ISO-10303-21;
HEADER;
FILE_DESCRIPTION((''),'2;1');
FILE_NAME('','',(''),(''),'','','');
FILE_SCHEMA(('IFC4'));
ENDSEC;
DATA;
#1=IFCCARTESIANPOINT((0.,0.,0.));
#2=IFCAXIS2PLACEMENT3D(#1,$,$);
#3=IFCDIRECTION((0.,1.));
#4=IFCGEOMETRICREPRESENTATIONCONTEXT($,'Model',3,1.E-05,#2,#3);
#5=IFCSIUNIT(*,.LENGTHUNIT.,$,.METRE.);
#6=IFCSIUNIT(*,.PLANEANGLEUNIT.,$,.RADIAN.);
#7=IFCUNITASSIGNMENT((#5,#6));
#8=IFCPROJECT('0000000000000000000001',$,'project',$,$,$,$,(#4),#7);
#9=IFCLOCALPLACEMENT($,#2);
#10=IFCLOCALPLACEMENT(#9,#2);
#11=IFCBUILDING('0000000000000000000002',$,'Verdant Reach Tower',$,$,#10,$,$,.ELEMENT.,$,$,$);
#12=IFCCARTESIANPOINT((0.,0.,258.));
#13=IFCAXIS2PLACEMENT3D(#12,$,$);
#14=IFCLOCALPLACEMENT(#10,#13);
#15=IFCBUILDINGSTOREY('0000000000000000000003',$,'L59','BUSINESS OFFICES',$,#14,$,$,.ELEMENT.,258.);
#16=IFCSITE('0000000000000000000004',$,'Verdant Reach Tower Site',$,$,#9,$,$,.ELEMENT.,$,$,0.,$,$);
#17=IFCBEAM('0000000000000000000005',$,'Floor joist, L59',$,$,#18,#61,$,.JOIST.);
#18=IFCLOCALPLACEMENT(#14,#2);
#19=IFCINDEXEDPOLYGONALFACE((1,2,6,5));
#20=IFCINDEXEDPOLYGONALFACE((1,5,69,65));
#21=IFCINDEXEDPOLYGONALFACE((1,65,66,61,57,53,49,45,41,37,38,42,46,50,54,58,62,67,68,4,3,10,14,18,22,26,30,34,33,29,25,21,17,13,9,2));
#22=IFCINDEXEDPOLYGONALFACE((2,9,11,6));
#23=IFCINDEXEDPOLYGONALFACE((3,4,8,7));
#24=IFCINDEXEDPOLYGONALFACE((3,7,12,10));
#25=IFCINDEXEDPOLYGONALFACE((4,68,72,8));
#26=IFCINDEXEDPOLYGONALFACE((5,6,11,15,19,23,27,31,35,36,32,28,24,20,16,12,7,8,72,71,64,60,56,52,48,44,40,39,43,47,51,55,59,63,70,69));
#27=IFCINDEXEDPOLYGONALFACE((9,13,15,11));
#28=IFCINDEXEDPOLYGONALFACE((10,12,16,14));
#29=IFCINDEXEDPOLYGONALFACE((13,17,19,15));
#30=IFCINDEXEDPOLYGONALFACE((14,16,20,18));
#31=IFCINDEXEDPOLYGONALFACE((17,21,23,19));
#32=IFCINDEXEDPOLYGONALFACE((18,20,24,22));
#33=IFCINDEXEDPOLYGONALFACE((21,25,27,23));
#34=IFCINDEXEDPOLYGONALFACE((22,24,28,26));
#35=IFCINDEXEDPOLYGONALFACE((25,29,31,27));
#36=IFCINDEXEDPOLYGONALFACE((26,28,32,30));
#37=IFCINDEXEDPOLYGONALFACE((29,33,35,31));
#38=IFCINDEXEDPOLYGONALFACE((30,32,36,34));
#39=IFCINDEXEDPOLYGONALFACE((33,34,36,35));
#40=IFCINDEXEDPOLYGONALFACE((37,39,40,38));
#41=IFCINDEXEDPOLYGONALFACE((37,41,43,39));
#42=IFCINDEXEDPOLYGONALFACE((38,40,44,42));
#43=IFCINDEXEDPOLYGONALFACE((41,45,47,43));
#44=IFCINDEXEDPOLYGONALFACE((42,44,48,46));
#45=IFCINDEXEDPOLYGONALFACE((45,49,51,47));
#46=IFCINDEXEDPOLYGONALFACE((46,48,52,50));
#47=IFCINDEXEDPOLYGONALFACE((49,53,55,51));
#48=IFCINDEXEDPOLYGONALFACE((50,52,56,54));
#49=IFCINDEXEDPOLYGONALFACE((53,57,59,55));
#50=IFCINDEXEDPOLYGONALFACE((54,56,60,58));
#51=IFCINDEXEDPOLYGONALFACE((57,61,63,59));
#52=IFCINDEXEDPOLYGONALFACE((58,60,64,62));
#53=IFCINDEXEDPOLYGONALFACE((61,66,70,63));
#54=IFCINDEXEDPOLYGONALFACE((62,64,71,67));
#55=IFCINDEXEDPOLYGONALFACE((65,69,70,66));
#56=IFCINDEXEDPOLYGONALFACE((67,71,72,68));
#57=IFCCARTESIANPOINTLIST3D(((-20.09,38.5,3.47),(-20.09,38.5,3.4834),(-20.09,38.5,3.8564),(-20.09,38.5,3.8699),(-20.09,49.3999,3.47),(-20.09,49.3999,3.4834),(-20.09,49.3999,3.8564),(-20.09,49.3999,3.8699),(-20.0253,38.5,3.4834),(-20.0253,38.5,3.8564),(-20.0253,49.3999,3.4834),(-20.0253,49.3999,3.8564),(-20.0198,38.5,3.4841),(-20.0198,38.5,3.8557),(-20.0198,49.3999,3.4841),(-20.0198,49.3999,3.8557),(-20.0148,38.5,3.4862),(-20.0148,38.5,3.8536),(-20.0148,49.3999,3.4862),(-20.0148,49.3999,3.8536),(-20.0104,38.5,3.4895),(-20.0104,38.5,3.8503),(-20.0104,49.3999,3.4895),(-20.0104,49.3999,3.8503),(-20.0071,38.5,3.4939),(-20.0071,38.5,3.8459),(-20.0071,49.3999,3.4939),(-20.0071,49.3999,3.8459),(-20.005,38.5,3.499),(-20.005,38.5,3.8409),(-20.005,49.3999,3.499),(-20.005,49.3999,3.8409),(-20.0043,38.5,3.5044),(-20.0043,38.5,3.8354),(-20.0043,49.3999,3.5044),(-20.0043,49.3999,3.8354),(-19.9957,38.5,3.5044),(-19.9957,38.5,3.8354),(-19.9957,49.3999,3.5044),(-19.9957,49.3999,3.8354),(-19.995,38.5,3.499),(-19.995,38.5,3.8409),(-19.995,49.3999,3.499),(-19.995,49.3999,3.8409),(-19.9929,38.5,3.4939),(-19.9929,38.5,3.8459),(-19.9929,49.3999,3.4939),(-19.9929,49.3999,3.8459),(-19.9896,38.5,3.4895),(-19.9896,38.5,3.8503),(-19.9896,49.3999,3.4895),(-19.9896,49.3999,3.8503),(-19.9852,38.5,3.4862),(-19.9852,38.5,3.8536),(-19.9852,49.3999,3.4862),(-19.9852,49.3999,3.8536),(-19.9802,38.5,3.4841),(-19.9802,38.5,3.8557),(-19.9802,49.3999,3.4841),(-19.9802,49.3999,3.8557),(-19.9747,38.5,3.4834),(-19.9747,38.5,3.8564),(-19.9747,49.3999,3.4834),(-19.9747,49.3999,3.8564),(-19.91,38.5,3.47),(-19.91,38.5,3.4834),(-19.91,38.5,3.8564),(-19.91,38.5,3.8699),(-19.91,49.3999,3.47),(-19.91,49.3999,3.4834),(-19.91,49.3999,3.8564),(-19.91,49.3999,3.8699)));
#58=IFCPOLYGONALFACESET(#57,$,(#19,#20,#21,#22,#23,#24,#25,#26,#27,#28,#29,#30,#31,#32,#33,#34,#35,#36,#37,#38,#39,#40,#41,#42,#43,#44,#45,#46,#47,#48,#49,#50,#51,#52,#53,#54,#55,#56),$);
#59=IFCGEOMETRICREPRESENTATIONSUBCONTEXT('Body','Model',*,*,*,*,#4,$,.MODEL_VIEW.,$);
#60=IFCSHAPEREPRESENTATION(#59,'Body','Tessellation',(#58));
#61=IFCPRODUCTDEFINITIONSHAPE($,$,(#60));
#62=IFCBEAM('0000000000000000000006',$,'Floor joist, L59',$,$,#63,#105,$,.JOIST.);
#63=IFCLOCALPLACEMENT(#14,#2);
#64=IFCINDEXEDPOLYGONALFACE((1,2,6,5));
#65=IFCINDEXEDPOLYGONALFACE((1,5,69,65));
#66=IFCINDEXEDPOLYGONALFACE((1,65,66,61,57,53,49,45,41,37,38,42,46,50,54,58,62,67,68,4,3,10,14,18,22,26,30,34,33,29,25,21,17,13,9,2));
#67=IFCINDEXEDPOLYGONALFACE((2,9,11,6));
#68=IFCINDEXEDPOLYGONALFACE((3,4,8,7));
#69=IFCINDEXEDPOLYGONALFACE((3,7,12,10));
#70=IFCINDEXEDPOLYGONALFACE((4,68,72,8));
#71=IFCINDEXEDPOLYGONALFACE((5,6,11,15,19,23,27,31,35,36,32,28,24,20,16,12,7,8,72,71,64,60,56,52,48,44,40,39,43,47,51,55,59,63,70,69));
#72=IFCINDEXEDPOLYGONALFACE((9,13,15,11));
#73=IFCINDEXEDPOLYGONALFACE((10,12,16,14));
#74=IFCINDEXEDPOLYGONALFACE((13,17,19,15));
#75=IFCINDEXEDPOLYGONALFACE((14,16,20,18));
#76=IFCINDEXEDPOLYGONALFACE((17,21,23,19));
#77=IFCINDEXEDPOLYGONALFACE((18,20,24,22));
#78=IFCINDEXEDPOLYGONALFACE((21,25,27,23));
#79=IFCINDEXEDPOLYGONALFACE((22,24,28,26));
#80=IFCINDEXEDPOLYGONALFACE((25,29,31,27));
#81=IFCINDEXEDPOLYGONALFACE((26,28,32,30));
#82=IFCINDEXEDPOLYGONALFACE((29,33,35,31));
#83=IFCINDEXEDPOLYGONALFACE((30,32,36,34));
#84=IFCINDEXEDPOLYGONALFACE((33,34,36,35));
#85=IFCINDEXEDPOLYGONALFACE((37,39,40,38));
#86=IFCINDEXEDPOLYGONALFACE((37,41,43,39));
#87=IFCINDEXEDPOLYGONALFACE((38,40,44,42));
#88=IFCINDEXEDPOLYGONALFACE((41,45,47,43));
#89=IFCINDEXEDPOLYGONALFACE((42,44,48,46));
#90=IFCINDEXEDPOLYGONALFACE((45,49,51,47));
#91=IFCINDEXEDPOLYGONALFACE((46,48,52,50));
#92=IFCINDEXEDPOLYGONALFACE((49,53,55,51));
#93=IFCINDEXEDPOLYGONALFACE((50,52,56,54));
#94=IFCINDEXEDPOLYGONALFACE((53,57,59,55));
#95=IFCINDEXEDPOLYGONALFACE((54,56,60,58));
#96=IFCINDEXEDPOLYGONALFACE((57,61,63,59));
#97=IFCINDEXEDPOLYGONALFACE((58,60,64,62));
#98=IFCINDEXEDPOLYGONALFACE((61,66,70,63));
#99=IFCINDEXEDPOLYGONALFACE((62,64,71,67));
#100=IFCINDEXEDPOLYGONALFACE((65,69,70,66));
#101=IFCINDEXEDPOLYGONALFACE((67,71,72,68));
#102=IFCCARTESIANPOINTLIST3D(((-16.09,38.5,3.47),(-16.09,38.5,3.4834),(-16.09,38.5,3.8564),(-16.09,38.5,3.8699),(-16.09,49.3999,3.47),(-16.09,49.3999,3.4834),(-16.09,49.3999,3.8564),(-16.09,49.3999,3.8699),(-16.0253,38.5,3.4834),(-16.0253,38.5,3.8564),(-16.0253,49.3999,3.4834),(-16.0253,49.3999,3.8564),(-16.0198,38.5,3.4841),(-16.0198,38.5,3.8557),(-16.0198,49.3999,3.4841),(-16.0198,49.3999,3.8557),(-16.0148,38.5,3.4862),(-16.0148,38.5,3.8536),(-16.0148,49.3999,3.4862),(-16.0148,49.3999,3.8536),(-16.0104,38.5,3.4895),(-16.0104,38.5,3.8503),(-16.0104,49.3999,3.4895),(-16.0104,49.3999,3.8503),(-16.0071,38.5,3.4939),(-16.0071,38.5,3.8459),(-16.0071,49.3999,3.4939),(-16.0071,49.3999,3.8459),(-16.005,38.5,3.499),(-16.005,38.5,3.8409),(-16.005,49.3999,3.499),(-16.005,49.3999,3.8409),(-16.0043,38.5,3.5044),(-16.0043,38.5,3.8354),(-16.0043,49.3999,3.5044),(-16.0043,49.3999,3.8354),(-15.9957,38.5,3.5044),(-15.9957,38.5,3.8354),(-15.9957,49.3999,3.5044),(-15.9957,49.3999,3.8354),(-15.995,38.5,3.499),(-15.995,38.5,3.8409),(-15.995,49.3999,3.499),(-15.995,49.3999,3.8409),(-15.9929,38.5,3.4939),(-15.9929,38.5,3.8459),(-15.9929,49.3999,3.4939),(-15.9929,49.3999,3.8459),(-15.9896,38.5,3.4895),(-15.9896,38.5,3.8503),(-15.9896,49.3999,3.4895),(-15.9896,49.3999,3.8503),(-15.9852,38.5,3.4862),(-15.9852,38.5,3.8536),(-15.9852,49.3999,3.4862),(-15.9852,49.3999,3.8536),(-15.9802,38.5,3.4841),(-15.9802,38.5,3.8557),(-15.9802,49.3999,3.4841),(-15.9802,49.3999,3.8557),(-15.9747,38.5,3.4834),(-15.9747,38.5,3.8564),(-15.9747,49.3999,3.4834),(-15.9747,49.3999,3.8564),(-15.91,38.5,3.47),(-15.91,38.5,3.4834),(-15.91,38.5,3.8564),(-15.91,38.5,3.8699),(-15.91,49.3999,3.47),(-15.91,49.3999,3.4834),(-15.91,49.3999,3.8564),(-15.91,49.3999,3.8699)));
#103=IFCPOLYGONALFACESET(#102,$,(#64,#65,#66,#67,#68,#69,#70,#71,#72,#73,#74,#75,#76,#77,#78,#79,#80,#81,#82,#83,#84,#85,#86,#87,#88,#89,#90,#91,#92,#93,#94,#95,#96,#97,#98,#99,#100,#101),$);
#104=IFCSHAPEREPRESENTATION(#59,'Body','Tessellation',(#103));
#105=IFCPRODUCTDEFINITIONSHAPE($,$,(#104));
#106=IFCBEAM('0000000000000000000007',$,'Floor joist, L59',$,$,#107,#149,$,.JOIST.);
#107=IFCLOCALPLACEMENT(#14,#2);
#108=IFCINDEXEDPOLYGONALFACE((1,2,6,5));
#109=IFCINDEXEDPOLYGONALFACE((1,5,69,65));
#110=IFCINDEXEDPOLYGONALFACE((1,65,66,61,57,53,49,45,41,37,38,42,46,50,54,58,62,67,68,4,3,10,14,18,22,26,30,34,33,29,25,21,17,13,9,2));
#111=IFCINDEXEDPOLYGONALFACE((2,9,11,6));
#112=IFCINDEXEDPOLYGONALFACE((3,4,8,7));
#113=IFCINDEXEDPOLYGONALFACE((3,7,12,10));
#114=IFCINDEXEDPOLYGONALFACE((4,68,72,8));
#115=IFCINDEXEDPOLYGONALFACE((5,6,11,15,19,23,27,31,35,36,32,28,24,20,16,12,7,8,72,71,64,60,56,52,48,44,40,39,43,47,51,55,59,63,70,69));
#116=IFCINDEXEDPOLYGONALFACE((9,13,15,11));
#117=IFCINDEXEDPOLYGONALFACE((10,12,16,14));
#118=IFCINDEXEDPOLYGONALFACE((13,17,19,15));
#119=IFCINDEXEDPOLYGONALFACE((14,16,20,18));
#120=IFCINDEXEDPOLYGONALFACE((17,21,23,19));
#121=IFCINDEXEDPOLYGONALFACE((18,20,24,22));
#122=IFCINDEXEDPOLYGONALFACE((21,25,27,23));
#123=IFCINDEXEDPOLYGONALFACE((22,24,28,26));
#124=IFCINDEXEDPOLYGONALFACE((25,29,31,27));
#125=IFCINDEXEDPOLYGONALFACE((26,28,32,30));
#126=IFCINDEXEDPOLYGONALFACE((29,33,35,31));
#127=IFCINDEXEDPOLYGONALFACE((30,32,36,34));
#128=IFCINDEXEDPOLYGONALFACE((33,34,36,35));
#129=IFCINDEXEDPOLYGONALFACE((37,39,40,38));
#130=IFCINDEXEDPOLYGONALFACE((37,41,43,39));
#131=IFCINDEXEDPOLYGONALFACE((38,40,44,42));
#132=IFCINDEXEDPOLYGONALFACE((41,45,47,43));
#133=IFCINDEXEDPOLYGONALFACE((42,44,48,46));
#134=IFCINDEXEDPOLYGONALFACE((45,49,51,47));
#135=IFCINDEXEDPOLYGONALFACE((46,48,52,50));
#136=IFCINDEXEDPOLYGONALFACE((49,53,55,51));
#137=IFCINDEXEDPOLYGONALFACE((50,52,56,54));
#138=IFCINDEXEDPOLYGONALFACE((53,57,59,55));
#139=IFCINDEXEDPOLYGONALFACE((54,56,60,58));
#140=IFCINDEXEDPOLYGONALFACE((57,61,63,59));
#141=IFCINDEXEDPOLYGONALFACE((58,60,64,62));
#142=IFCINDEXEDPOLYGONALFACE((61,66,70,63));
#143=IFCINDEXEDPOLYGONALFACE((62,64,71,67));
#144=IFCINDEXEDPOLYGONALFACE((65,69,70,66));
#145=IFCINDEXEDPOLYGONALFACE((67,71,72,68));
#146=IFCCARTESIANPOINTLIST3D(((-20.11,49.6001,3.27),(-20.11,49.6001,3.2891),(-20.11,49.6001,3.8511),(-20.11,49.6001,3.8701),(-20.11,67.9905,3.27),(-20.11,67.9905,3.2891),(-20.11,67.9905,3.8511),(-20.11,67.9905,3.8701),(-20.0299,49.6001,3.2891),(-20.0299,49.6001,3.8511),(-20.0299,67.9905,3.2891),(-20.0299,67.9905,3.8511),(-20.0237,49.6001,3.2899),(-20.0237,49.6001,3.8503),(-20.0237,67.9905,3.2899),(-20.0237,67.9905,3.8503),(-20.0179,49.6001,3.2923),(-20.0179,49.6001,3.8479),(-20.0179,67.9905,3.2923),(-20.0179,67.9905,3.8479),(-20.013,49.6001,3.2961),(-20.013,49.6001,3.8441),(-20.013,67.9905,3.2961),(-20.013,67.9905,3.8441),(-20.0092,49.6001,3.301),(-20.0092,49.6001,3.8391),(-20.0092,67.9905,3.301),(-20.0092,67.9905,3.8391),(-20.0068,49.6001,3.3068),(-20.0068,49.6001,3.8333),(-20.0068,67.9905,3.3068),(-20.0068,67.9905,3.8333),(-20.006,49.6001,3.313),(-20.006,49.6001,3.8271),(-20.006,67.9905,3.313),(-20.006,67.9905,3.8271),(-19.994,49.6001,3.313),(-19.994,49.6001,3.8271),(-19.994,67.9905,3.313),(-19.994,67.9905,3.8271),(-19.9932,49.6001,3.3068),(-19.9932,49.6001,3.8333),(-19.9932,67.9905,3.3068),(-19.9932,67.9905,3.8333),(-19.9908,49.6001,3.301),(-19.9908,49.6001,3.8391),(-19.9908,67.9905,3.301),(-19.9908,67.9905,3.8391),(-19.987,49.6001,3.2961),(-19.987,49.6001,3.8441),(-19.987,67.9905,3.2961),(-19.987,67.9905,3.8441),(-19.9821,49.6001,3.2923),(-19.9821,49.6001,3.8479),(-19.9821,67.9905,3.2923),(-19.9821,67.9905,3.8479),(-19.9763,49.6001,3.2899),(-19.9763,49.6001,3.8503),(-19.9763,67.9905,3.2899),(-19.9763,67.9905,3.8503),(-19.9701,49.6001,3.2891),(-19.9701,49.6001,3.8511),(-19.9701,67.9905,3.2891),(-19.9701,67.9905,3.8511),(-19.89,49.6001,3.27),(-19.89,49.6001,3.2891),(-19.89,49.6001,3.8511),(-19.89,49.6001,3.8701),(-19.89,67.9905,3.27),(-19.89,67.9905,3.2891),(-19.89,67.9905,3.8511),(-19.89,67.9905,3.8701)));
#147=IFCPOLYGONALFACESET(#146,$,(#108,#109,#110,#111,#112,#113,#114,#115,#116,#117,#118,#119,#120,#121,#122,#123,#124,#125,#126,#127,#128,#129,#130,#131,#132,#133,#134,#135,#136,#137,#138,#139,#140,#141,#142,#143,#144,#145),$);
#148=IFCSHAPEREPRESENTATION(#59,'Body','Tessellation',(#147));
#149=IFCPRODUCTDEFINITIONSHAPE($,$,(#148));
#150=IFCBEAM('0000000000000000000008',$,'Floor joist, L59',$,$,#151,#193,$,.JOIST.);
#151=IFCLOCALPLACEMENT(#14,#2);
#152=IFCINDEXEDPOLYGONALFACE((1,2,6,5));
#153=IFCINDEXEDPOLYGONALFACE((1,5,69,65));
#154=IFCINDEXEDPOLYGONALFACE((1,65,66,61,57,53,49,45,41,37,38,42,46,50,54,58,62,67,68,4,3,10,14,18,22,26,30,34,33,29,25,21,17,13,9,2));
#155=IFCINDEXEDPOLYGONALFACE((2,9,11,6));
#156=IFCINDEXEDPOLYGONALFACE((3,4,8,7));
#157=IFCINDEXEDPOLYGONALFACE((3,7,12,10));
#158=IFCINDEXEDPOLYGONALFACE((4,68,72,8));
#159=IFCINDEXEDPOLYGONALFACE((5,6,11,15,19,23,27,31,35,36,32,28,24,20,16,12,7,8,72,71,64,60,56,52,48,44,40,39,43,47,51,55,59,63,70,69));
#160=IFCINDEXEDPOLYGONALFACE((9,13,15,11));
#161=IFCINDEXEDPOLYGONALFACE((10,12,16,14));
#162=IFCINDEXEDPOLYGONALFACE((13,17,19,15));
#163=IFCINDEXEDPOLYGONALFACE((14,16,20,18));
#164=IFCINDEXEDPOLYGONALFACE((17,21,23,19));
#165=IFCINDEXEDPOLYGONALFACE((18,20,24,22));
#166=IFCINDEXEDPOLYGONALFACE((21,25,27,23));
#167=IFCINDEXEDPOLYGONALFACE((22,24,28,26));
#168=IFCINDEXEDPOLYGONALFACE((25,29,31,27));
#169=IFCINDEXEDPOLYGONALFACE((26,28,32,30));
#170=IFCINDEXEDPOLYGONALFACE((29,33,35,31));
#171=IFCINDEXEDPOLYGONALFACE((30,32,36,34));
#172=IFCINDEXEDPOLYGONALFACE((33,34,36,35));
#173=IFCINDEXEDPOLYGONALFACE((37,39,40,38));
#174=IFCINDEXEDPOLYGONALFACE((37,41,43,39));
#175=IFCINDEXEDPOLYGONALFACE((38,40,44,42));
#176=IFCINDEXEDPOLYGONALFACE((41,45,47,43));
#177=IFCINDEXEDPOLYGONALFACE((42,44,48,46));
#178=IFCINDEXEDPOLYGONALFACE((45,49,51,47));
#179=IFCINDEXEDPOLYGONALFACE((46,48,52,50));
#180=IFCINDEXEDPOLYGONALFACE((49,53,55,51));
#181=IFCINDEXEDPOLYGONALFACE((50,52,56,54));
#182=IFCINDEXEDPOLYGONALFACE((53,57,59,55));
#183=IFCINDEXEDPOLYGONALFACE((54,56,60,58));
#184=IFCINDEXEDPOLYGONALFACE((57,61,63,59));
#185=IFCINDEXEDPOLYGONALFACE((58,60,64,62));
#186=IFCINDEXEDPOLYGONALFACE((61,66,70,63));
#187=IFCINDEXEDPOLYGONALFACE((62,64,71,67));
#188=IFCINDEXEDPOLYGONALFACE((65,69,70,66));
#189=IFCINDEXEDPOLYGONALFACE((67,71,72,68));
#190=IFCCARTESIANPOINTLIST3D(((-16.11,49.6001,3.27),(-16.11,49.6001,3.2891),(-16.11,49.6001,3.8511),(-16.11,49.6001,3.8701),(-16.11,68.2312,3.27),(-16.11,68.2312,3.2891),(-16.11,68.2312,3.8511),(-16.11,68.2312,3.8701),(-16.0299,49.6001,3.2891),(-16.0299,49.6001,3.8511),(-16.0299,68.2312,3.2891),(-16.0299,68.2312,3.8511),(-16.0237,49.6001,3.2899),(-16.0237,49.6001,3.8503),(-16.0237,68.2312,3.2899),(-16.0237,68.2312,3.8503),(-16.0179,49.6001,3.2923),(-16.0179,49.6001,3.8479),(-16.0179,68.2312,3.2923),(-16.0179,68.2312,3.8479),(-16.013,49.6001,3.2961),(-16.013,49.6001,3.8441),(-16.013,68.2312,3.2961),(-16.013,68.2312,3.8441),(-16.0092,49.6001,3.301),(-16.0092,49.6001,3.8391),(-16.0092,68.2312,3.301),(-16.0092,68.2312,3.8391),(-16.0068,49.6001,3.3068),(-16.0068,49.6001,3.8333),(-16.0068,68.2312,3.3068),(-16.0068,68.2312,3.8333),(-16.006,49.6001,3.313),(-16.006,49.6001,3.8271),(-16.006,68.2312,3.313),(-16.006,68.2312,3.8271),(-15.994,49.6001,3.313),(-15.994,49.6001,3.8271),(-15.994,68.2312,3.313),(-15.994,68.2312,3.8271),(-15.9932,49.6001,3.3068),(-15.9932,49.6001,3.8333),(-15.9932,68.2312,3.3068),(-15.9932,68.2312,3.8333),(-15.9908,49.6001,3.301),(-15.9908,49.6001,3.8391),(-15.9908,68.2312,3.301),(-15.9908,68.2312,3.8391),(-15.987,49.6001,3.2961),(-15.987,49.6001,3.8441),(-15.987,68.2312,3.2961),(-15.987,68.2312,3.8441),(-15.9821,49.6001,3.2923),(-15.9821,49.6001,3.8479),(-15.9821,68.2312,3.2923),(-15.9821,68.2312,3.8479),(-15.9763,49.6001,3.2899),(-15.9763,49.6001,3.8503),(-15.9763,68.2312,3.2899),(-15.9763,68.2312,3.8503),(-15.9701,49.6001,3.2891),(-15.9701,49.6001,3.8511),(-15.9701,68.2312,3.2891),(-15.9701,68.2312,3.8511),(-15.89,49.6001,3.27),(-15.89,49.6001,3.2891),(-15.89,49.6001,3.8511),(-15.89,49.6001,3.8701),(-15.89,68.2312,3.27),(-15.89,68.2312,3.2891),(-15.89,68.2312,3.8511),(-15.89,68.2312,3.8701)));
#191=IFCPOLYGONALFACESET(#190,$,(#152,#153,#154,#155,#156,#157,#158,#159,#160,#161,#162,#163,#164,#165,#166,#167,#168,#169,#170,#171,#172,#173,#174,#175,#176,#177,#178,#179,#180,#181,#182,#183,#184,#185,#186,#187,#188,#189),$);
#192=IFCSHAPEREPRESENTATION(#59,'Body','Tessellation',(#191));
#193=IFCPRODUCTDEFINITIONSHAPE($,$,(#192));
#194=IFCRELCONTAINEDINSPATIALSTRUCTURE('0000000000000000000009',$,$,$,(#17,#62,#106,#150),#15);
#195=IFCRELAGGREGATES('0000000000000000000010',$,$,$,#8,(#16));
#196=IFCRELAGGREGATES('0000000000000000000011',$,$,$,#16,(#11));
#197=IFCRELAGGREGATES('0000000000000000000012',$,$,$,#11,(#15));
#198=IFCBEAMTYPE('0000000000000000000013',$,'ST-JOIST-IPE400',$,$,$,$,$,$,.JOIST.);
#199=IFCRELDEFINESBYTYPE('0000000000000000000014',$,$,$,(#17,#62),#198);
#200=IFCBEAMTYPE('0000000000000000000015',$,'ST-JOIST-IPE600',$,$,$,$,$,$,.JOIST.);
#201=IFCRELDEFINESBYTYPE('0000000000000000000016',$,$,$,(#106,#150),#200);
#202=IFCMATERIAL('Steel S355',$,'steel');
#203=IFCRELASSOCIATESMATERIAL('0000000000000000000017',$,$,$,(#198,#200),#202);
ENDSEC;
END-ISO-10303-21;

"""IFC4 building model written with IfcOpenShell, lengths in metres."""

from ifc_helpers import new_model, si_unit, direction, frame, origin, origin_2d, place, context, subcontext, project, spatial, i_section, extrude, material, material_profile, profile_set, type_object, element, save


model = new_model("IFC4")

# Units and contexts
model_context = context("Model", 3, precision=1e-05, world=origin(), true_north=direction((0.0, 1.0)))
body_context = subcontext(model_context, "Body", "Model", "MODEL_VIEW")
ifc_project = project(units=[si_unit("LENGTHUNIT", "METRE"), si_unit("PLANEANGLEUNIT", "RADIAN")], contexts=[model_context])

# Site, building, storey
site_placement = place(None, origin())
site = spatial("IfcSite", under=ifc_project, at=site_placement, Name="Verdant Reach Tower Site", CompositionType="ELEMENT", RefElevation=0.0)
building_placement = place(site_placement, origin())
building = spatial("IfcBuilding", under=site, at=building_placement, Name="Verdant Reach Tower", CompositionType="ELEMENT")
storey_placement = place(building_placement, frame((0.0, 0.0, 258.0)))
storey = spatial("IfcBuildingStorey", under=building, at=storey_placement, Name="L59", Description="BUSINESS OFFICES", CompositionType="ELEMENT", Elevation=258.0)

# Beams
ifc_material_1 = material(Name="Steel S355", Category="steel")
ifc_material_profile_1 = material_profile(ifc_material_1, i_section(OverallWidth=0.1799, OverallDepth=0.3999, WebThickness=0.0085, FlangeThickness=0.0134, FilletRadius=0.021, at=origin_2d()), Name="IPE 400")
ifc_profile_set_1 = profile_set([ifc_material_profile_1], Name="Steel S355")
beam_type_1 = type_object("IfcBeamType", Name="ST-JOIST-IPE400", PredefinedType="JOIST", material=ifc_profile_set_1)
for number, where, z_axis, x_axis, name in (
    (1, (-20.0, 38.5, 3.6699), (0.0, 1.0, 0.0), (-1.0, 0.0, 0.0), "Floor joist, L59"),
    (2, (-16.0, 38.5, 3.6699), (0.0, 1.0, 0.0), (-1.0, 0.0, 0.0), "Floor joist, L59"),
):
    element("IfcBeam", number, at=place(storey_placement, frame(where, z_axis=z_axis, x_axis=x_axis)), inside=storey, type_object=beam_type_1, Name=name, PredefinedType="JOIST", context=body_context, shape_type="SweptSolid", body=[
        extrude(i_section(OverallWidth=0.1799, OverallDepth=0.3999, WebThickness=0.0085, FlangeThickness=0.0134, FilletRadius=0.021, at=origin_2d()), origin(), (0.0, 0.0, 1.0), 10.8999),
    ])
ifc_material_profile_2 = material_profile(ifc_material_1, i_section(OverallWidth=0.22, OverallDepth=0.6001, WebThickness=0.012, FlangeThickness=0.019, FilletRadius=0.0239, at=origin_2d()), Name="IPE 600")
ifc_profile_set_2 = profile_set([ifc_material_profile_2], Name="Steel S355")
beam_type_2 = type_object("IfcBeamType", Name="ST-JOIST-IPE600", PredefinedType="JOIST", material=ifc_profile_set_2)
beam_1_placement = place(storey_placement, frame((-20.0, 49.6001, 3.5701), z_axis=(0.0, 1.0, 0.0), x_axis=(-1.0, 0.0, 0.0)))
element("IfcBeam", 3, at=beam_1_placement, inside=storey, type_object=beam_type_2, Name="Floor joist, L59", PredefinedType="JOIST", context=body_context, shape_type="SweptSolid", body=[
    extrude(i_section(OverallWidth=0.22, OverallDepth=0.6001, WebThickness=0.012, FlangeThickness=0.019, FilletRadius=0.0239, at=origin_2d()), origin(), (0.0, 0.0, 1.0), 18.3904),
])
beam_2_placement = place(storey_placement, frame((-16.0, 49.6001, 3.5701), z_axis=(0.0, 1.0, 0.0), x_axis=(-1.0, 0.0, 0.0)))
element("IfcBeam", 4, at=beam_2_placement, inside=storey, type_object=beam_type_2, Name="Floor joist, L59", PredefinedType="JOIST", context=body_context, shape_type="SweptSolid", body=[
    extrude(i_section(OverallWidth=0.22, OverallDepth=0.6001, WebThickness=0.012, FlangeThickness=0.019, FilletRadius=0.0239, at=origin_2d()), origin(), (0.0, 0.0, 1.0), 18.6311),
])

save(model, "model.ifc")
